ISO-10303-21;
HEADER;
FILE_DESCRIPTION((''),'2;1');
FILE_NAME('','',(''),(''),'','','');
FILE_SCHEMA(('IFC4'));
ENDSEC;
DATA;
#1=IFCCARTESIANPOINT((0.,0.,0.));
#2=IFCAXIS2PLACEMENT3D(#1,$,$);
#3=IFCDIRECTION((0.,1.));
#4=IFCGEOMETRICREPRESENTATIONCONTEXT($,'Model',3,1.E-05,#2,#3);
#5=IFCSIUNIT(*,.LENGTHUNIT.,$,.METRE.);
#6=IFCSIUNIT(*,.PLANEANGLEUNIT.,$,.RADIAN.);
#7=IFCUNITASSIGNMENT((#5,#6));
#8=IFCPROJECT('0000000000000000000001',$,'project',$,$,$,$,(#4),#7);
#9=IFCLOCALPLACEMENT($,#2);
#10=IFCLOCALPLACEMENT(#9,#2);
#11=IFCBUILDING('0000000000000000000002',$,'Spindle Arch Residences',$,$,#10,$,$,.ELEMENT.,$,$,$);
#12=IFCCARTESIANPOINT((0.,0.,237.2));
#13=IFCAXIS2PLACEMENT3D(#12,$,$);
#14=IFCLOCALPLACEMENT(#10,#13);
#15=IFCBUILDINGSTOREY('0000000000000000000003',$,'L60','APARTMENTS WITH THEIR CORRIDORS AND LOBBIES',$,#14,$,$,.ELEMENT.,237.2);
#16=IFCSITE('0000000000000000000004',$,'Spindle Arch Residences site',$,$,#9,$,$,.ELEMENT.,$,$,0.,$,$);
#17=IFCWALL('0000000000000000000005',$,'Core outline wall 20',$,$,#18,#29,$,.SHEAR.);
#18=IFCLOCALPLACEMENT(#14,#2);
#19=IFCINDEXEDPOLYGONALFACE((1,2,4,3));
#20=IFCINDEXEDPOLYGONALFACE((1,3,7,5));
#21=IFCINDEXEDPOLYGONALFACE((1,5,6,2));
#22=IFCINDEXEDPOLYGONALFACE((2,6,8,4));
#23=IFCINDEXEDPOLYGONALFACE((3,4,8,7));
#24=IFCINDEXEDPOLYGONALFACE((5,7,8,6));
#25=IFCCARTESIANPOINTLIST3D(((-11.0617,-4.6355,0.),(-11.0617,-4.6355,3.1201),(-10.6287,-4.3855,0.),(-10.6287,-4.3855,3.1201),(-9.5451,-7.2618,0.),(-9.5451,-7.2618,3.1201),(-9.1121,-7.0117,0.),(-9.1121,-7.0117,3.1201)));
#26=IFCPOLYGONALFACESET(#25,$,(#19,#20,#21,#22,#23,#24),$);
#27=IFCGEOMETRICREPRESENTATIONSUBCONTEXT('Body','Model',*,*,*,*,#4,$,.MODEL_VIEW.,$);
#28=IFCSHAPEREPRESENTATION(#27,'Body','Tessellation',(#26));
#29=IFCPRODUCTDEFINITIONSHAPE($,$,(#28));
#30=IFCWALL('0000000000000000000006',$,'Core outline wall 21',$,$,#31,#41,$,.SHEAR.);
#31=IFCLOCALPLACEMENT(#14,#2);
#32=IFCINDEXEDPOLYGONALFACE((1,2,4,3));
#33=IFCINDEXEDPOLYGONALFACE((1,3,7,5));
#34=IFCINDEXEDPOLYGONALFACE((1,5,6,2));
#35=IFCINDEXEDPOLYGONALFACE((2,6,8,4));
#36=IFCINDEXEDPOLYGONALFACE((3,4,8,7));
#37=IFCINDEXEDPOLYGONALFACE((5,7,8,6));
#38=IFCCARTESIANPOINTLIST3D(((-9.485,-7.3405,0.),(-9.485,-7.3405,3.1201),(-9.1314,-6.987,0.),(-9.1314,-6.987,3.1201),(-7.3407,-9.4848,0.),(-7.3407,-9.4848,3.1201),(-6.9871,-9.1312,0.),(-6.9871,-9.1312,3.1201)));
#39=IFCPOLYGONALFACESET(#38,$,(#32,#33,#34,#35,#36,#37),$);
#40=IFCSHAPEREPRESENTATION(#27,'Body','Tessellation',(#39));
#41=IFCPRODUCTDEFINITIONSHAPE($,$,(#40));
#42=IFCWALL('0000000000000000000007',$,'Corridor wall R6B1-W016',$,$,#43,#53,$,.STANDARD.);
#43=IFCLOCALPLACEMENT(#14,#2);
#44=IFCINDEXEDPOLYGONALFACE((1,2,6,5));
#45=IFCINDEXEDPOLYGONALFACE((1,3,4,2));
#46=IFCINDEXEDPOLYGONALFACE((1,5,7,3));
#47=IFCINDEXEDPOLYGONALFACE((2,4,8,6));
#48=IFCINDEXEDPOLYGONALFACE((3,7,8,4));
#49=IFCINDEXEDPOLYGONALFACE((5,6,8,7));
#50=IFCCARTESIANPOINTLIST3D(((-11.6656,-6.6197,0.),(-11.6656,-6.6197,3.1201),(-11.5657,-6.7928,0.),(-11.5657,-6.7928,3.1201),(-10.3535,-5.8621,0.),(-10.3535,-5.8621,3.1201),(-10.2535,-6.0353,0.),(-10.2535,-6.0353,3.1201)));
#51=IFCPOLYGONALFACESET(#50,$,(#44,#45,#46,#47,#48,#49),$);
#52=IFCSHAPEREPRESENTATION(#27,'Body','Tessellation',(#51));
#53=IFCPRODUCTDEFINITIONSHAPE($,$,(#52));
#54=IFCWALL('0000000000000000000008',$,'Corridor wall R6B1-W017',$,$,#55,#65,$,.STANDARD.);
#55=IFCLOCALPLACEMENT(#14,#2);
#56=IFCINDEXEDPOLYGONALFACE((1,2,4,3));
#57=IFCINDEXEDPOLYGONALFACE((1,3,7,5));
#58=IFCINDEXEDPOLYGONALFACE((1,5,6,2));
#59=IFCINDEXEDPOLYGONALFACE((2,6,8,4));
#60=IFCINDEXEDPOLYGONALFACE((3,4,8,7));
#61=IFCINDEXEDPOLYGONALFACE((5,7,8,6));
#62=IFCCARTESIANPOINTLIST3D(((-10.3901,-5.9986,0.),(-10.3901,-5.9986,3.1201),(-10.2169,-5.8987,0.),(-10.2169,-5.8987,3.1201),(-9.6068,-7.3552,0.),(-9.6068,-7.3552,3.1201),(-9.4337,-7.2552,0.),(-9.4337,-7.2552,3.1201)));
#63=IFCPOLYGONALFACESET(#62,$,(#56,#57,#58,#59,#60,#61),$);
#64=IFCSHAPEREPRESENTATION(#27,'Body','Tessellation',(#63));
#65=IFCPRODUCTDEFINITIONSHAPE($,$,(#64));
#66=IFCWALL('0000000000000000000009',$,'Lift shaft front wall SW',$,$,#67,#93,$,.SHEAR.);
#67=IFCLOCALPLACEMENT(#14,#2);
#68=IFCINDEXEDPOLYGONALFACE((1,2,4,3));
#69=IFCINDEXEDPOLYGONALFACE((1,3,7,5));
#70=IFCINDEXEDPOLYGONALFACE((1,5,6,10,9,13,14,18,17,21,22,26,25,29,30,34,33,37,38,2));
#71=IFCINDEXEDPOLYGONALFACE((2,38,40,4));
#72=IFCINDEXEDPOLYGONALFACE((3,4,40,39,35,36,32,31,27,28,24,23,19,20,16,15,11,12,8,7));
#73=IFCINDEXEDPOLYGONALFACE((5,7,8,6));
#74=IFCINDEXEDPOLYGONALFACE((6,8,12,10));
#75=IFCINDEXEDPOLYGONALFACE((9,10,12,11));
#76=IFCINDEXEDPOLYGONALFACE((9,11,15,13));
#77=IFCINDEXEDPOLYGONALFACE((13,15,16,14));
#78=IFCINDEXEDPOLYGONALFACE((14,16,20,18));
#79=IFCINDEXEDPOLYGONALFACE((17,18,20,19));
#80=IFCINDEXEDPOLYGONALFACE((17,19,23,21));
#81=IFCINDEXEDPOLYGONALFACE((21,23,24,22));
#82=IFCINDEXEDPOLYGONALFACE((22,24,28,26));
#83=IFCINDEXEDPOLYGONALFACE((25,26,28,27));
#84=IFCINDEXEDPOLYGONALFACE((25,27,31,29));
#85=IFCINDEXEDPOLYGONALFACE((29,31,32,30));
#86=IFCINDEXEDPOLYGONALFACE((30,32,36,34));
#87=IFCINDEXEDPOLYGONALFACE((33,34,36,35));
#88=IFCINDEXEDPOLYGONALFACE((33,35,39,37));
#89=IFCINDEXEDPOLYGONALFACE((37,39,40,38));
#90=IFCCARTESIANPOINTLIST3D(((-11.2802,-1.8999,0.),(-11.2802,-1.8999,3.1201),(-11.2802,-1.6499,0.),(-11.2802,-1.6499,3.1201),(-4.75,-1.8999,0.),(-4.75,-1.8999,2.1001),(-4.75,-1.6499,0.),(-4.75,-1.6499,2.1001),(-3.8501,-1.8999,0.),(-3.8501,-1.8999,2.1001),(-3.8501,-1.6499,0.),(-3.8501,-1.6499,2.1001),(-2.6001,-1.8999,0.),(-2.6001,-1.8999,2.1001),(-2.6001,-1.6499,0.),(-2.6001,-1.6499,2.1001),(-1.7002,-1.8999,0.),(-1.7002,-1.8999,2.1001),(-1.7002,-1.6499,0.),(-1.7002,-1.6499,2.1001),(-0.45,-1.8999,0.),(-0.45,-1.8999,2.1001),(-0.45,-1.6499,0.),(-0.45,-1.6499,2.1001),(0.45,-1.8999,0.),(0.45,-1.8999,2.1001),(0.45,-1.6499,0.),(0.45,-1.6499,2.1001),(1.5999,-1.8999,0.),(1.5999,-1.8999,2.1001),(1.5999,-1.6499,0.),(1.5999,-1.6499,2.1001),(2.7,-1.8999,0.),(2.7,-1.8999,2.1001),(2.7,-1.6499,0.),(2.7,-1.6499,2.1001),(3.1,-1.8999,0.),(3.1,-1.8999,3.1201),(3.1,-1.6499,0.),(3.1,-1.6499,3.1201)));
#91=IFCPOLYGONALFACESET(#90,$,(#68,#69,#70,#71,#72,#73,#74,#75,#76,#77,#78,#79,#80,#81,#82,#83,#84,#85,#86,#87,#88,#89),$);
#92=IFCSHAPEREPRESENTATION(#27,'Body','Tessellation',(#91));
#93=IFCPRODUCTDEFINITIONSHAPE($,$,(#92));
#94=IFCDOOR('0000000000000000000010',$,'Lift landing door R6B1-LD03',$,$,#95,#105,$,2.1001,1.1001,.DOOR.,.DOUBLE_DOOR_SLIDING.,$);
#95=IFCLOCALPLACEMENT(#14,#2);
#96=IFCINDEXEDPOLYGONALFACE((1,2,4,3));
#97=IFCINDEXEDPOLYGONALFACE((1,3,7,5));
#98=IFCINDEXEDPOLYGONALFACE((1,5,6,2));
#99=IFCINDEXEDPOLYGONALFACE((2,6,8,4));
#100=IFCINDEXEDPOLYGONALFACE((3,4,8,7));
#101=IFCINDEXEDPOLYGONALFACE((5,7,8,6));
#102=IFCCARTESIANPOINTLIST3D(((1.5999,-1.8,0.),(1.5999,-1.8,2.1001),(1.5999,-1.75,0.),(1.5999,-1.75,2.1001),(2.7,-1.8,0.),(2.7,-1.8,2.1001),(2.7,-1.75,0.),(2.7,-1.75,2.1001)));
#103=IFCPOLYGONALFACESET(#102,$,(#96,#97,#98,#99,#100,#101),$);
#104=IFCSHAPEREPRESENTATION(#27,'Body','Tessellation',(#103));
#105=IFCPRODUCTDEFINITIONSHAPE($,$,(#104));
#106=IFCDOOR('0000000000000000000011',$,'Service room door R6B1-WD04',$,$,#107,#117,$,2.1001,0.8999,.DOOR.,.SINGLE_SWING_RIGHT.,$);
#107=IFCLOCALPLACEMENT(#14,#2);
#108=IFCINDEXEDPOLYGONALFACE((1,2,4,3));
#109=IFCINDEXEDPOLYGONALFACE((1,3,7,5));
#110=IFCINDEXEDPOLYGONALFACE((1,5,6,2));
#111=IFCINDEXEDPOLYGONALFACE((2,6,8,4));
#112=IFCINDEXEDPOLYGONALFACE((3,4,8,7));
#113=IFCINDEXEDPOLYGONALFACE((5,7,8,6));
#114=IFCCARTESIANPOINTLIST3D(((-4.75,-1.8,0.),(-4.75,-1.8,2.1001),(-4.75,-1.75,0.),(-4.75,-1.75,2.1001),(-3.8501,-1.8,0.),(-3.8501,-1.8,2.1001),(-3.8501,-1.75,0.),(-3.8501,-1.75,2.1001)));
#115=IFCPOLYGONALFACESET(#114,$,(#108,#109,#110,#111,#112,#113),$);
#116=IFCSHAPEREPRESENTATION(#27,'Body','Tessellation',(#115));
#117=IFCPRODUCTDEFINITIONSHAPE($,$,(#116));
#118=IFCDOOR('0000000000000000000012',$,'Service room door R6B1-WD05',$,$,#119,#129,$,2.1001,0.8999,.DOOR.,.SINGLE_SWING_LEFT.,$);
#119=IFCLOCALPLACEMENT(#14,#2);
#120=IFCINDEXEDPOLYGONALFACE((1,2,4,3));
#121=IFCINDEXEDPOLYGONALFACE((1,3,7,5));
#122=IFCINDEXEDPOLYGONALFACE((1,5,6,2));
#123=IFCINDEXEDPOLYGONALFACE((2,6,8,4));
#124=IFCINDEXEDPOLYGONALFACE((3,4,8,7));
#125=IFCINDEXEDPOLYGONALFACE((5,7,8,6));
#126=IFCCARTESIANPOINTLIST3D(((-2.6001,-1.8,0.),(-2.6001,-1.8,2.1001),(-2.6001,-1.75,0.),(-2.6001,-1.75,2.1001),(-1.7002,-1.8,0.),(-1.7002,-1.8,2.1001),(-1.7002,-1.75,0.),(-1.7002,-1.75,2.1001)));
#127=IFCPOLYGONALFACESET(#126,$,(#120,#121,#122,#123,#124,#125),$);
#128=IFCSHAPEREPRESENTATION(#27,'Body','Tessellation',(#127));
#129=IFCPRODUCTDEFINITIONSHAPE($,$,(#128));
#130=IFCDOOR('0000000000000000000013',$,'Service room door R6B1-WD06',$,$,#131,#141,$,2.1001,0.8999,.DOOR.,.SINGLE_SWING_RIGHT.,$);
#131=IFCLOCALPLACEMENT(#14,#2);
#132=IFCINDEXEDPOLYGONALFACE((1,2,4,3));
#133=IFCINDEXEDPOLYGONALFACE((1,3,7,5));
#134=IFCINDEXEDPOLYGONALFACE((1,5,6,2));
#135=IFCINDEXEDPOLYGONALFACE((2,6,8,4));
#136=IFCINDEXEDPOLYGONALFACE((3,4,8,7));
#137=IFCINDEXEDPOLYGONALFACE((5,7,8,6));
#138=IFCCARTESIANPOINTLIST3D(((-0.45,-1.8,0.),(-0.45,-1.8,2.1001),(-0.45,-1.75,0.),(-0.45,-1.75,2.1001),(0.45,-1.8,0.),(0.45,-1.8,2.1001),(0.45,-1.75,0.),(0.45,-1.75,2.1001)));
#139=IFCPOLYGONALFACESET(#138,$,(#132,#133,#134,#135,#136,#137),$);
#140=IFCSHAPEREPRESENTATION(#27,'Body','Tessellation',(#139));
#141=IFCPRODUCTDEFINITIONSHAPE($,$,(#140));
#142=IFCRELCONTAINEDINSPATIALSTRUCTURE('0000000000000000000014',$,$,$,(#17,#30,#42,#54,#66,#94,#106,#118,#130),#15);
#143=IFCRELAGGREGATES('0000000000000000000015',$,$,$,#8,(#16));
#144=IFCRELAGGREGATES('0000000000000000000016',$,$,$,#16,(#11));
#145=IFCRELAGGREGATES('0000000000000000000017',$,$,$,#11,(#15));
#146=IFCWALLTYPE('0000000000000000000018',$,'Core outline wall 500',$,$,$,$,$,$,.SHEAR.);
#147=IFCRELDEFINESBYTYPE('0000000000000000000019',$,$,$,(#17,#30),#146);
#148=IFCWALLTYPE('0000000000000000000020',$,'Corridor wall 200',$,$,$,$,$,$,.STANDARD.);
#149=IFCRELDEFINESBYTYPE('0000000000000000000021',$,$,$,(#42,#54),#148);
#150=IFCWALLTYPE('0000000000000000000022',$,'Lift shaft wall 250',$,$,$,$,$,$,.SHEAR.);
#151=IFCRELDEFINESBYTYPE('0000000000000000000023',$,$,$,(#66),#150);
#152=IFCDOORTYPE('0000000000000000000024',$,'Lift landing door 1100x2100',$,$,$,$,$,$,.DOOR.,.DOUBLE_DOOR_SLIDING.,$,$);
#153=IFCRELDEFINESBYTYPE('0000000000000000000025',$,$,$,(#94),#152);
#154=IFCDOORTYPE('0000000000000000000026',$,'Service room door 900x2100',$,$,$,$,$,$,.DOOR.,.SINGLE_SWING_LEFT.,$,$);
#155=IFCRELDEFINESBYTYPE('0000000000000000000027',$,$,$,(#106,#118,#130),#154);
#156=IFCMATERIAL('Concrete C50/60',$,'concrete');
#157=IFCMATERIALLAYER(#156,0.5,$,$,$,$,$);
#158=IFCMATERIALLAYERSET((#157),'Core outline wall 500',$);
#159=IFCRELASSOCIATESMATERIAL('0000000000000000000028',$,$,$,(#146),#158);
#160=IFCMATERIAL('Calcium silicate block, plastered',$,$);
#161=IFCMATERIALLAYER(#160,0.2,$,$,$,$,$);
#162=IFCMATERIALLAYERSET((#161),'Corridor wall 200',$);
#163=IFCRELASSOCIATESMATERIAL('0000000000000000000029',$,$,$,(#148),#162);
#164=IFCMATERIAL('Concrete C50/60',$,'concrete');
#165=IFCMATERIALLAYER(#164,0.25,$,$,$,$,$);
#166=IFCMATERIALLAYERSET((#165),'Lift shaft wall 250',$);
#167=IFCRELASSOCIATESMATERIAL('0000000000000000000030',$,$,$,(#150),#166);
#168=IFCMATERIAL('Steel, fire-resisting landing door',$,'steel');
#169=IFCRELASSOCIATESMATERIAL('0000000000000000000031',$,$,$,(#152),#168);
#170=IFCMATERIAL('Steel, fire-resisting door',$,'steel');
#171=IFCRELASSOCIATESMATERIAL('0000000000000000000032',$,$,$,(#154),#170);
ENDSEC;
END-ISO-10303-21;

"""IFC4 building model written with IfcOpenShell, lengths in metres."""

from ifc_helpers import new_model, si_unit, direction, frame, frame_2d, origin, place, context, subcontext, project, spatial, rectangle, extrude, material, layer, layer_set, type_object, element, fill, save


model = new_model("IFC4")

# Units and contexts
model_context = context("Model", 3, precision=1e-05, world=origin(), true_north=direction((0.0, 1.0)))
body_context = subcontext(model_context, "Body", "Model", "MODEL_VIEW")
ifc_project = project(units=[si_unit("LENGTHUNIT", "METRE"), si_unit("PLANEANGLEUNIT", "RADIAN")], contexts=[model_context])

# Site, building, storey
site_placement = place(None, origin())
site = spatial("IfcSite", under=ifc_project, at=site_placement, Name="Spindle Arch Residences site", CompositionType="ELEMENT", RefElevation=0.0)
building_placement = place(site_placement, origin())
building = spatial("IfcBuilding", under=site, at=building_placement, Name="Spindle Arch Residences", CompositionType="ELEMENT")
storey_placement = place(building_placement, frame((0.0, 0.0, 237.2)))
storey = spatial("IfcBuildingStorey", under=building, at=storey_placement, Name="L60", Description="APARTMENTS WITH THEIR CORRIDORS AND LOBBIES", CompositionType="ELEMENT", Elevation=237.2)

# Walls
ifc_material_1 = material(Name="Concrete C50/60", Category="concrete")
ifc_layer_1 = layer(ifc_material_1, 0.5)
ifc_layer_set_1 = layer_set([ifc_layer_1], Name="Core outline wall 500")
wall_type_1 = type_object("IfcWallType", Name="Core outline wall 500", PredefinedType="SHEAR", material=ifc_layer_set_1)
wall_1_placement = place(storey_placement, frame((-10.8452, -4.5105, 0.0), z_axis=(0.0, 0.0, 1.0), x_axis=(0.500087, -0.865975, 0.0)))
element("IfcWall", 1, at=wall_1_placement, inside=storey, type_object=wall_type_1, Name="Core outline wall 20", PredefinedType="SHEAR", context=body_context, shape_type="SweptSolid", body=[
    extrude(rectangle(XDim=3.0327, YDim=0.5, at=frame_2d((1.5164, 0.0))), origin(), (0.0, 0.0, 1.0), 3.1201),
])
wall_2_placement = place(storey_placement, frame((-9.3081, -7.1638, 0.0), z_axis=(0.0, 0.0, 1.0), x_axis=(0.707107, -0.707107, 0.0)))
element("IfcWall", 2, at=wall_2_placement, inside=storey, type_object=wall_type_1, Name="Core outline wall 21", PredefinedType="SHEAR", context=body_context, shape_type="SweptSolid", body=[
    extrude(rectangle(XDim=3.0325, YDim=0.5, at=frame_2d((1.5161, 0.0))), origin(), (0.0, 0.0, 1.0), 3.1201),
])
ifc_material_2 = material(Name="Calcium silicate block, plastered")
ifc_layer_2 = layer(ifc_material_2, 0.2)
ifc_layer_set_2 = layer_set([ifc_layer_2], Name="Corridor wall 200")
wall_type_2 = type_object("IfcWallType", Name="Corridor wall 200", PredefinedType="STANDARD", material=ifc_layer_set_2)
wall_3_placement = place(storey_placement, frame((-10.3035, -5.9487, 0.0), z_axis=(0.0, 0.0, 1.0), x_axis=(-0.866043, -0.499969, 0.0)))
element("IfcWall", 3, at=wall_3_placement, inside=storey, type_object=wall_type_2, Name="Corridor wall R6B1-W016", PredefinedType="STANDARD", context=body_context, shape_type="SweptSolid", body=[
    extrude(rectangle(XDim=1.5151, YDim=0.2, at=frame_2d((0.7576, 0.0))), origin(), (0.0, 0.0, 1.0), 3.1201),
])
wall_4_placement = place(storey_placement, frame((-9.5203, -7.3052, 0.0), z_axis=(0.0, 0.0, 1.0), x_axis=(-0.500028, 0.866009, 0.0)))
element("IfcWall", 4, at=wall_4_placement, inside=storey, type_object=wall_type_2, Name="Corridor wall R6B1-W017", PredefinedType="STANDARD", context=body_context, shape_type="SweptSolid", body=[
    extrude(rectangle(XDim=1.5664, YDim=0.2, at=frame_2d((0.7832, 0.0))), origin(), (0.0, 0.0, 1.0), 3.1201),
])

# Wall, openings, doors
ifc_material_3 = material(Name="Concrete C50/60", Category="concrete")
ifc_layer_3 = layer(ifc_material_3, 0.25)
ifc_layer_set_3 = layer_set([ifc_layer_3], Name="Lift shaft wall 250")
wall_type_3 = type_object("IfcWallType", Name="Lift shaft wall 250", PredefinedType="SHEAR", material=ifc_layer_set_3)
wall_5_placement = place(storey_placement, frame((-11.28, -1.7749, 0.0), z_axis=(0.0, 0.0, 1.0), x_axis=(1.0, 0.0, 0.0)))
wall_5 = element("IfcWall", 5, at=wall_5_placement, inside=storey, type_object=wall_type_3, Name="Lift shaft front wall SW", PredefinedType="SHEAR", context=body_context, shape_type="SweptSolid", body=[
    extrude(rectangle(XDim=14.3801, YDim=0.25, at=frame_2d((7.1899, 0.0))), origin(), (0.0, 0.0, 1.0), 3.1201),
])
opening_1_placement = place(wall_5_placement, frame((12.8799, 0.0, 0.0)))
opening_1 = element("IfcOpeningElement", 6, at=opening_1_placement, cuts=wall_5, PredefinedType="OPENING", context=body_context, shape_type="SweptSolid", body=[
    extrude(rectangle(XDim=1.1001, YDim=2.1001, at=frame_2d((0.55, 1.05))), frame((0.0, 0.135, 0.0), z_axis=(0.0, -1.0, 0.0), x_axis=(1.0, 0.0, 0.0)), (0.0, 0.0, 1.0), 0.27),
])
opening_2_placement = place(wall_5_placement, frame((6.53, 0.0, 0.0)))
opening_2 = element("IfcOpeningElement", 7, at=opening_2_placement, cuts=wall_5, PredefinedType="OPENING", context=body_context, shape_type="SweptSolid", body=[
    extrude(rectangle(XDim=0.8999, YDim=2.1001, at=frame_2d((0.45, 1.05))), frame((0.0, 0.135, 0.0), z_axis=(0.0, -1.0, 0.0), x_axis=(1.0, 0.0, 0.0)), (0.0, 0.0, 1.0), 0.27),
])
opening_3_placement = place(wall_5_placement, frame((8.6799, 0.0, 0.0)))
opening_3 = element("IfcOpeningElement", 8, at=opening_3_placement, cuts=wall_5, PredefinedType="OPENING", context=body_context, shape_type="SweptSolid", body=[
    extrude(rectangle(XDim=0.8999, YDim=2.1001, at=frame_2d((0.45, 1.05))), frame((0.0, 0.135, 0.0), z_axis=(0.0, -1.0, 0.0), x_axis=(1.0, 0.0, 0.0)), (0.0, 0.0, 1.0), 0.27),
])
opening_4_placement = place(wall_5_placement, frame((10.8301, 0.0, 0.0)))
opening_4 = element("IfcOpeningElement", 9, at=opening_4_placement, cuts=wall_5, PredefinedType="OPENING", context=body_context, shape_type="SweptSolid", body=[
    extrude(rectangle(XDim=0.8999, YDim=2.1001, at=frame_2d((0.45, 1.05))), frame((0.0, 0.135, 0.0), z_axis=(0.0, -1.0, 0.0), x_axis=(1.0, 0.0, 0.0)), (0.0, 0.0, 1.0), 0.27),
])
ifc_material_4 = material(Name="Steel, fire-resisting landing door", Category="steel")
door_type_1 = type_object("IfcDoorType", Name="Lift landing door 1100x2100", OperationType="DOUBLE_DOOR_SLIDING", PredefinedType="DOOR", material=ifc_material_4)
door_1_placement = place(opening_1_placement, origin())
door_1 = element("IfcDoor", 10, at=door_1_placement, inside=storey, type_object=door_type_1, Name="Lift landing door R6B1-LD03", OperationType="DOUBLE_DOOR_SLIDING", OverallHeight=2.1001, OverallWidth=1.1001, PredefinedType="DOOR", context=body_context, shape_type="SweptSolid", body=[
    extrude(rectangle(XDim=1.1001, YDim=2.1001, at=frame_2d((0.55, 1.05))), frame((0.0, 0.0249, 0.0), z_axis=(0.0, -1.0, 0.0), x_axis=(1.0, 0.0, 0.0)), (0.0, 0.0, 1.0), 0.05),
])
fill(opening_1, door_1)
ifc_material_5 = material(Name="Steel, fire-resisting door", Category="steel")
door_type_2 = type_object("IfcDoorType", Name="Service room door 900x2100", OperationType="SINGLE_SWING_LEFT", PredefinedType="DOOR", material=ifc_material_5)
door_2_placement = place(opening_2_placement, origin())
door_2 = element("IfcDoor", 11, at=door_2_placement, inside=storey, type_object=door_type_2, Name="Service room door R6B1-WD04", OperationType="SINGLE_SWING_RIGHT", OverallHeight=2.1001, OverallWidth=0.8999, PredefinedType="DOOR", context=body_context, shape_type="SweptSolid", body=[
    extrude(rectangle(XDim=0.8999, YDim=2.1001, at=frame_2d((0.45, 1.05))), frame((0.0, 0.0249, 0.0), z_axis=(0.0, -1.0, 0.0), x_axis=(1.0, 0.0, 0.0)), (0.0, 0.0, 1.0), 0.05),
])
fill(opening_2, door_2)
door_3_placement = place(opening_3_placement, origin())
door_3 = element("IfcDoor", 12, at=door_3_placement, inside=storey, type_object=door_type_2, Name="Service room door R6B1-WD05", OperationType="SINGLE_SWING_LEFT", OverallHeight=2.1001, OverallWidth=0.8999, PredefinedType="DOOR", context=body_context, shape_type="SweptSolid", body=[
    extrude(rectangle(XDim=0.8999, YDim=2.1001, at=frame_2d((0.45, 1.05))), frame((0.0, 0.0249, 0.0), z_axis=(0.0, -1.0, 0.0), x_axis=(1.0, 0.0, 0.0)), (0.0, 0.0, 1.0), 0.05),
])
fill(opening_3, door_3)
door_4_placement = place(opening_4_placement, origin())
door_4 = element("IfcDoor", 13, at=door_4_placement, inside=storey, type_object=door_type_2, Name="Service room door R6B1-WD06", OperationType="SINGLE_SWING_RIGHT", OverallHeight=2.1001, OverallWidth=0.8999, PredefinedType="DOOR", context=body_context, shape_type="SweptSolid", body=[
    extrude(rectangle(XDim=0.8999, YDim=2.1001, at=frame_2d((0.45, 1.05))), frame((0.0, 0.0249, 0.0), z_axis=(0.0, -1.0, 0.0), x_axis=(1.0, 0.0, 0.0)), (0.0, 0.0, 1.0), 0.05),
])
fill(opening_4, door_4)

save(model, "model.ifc")
